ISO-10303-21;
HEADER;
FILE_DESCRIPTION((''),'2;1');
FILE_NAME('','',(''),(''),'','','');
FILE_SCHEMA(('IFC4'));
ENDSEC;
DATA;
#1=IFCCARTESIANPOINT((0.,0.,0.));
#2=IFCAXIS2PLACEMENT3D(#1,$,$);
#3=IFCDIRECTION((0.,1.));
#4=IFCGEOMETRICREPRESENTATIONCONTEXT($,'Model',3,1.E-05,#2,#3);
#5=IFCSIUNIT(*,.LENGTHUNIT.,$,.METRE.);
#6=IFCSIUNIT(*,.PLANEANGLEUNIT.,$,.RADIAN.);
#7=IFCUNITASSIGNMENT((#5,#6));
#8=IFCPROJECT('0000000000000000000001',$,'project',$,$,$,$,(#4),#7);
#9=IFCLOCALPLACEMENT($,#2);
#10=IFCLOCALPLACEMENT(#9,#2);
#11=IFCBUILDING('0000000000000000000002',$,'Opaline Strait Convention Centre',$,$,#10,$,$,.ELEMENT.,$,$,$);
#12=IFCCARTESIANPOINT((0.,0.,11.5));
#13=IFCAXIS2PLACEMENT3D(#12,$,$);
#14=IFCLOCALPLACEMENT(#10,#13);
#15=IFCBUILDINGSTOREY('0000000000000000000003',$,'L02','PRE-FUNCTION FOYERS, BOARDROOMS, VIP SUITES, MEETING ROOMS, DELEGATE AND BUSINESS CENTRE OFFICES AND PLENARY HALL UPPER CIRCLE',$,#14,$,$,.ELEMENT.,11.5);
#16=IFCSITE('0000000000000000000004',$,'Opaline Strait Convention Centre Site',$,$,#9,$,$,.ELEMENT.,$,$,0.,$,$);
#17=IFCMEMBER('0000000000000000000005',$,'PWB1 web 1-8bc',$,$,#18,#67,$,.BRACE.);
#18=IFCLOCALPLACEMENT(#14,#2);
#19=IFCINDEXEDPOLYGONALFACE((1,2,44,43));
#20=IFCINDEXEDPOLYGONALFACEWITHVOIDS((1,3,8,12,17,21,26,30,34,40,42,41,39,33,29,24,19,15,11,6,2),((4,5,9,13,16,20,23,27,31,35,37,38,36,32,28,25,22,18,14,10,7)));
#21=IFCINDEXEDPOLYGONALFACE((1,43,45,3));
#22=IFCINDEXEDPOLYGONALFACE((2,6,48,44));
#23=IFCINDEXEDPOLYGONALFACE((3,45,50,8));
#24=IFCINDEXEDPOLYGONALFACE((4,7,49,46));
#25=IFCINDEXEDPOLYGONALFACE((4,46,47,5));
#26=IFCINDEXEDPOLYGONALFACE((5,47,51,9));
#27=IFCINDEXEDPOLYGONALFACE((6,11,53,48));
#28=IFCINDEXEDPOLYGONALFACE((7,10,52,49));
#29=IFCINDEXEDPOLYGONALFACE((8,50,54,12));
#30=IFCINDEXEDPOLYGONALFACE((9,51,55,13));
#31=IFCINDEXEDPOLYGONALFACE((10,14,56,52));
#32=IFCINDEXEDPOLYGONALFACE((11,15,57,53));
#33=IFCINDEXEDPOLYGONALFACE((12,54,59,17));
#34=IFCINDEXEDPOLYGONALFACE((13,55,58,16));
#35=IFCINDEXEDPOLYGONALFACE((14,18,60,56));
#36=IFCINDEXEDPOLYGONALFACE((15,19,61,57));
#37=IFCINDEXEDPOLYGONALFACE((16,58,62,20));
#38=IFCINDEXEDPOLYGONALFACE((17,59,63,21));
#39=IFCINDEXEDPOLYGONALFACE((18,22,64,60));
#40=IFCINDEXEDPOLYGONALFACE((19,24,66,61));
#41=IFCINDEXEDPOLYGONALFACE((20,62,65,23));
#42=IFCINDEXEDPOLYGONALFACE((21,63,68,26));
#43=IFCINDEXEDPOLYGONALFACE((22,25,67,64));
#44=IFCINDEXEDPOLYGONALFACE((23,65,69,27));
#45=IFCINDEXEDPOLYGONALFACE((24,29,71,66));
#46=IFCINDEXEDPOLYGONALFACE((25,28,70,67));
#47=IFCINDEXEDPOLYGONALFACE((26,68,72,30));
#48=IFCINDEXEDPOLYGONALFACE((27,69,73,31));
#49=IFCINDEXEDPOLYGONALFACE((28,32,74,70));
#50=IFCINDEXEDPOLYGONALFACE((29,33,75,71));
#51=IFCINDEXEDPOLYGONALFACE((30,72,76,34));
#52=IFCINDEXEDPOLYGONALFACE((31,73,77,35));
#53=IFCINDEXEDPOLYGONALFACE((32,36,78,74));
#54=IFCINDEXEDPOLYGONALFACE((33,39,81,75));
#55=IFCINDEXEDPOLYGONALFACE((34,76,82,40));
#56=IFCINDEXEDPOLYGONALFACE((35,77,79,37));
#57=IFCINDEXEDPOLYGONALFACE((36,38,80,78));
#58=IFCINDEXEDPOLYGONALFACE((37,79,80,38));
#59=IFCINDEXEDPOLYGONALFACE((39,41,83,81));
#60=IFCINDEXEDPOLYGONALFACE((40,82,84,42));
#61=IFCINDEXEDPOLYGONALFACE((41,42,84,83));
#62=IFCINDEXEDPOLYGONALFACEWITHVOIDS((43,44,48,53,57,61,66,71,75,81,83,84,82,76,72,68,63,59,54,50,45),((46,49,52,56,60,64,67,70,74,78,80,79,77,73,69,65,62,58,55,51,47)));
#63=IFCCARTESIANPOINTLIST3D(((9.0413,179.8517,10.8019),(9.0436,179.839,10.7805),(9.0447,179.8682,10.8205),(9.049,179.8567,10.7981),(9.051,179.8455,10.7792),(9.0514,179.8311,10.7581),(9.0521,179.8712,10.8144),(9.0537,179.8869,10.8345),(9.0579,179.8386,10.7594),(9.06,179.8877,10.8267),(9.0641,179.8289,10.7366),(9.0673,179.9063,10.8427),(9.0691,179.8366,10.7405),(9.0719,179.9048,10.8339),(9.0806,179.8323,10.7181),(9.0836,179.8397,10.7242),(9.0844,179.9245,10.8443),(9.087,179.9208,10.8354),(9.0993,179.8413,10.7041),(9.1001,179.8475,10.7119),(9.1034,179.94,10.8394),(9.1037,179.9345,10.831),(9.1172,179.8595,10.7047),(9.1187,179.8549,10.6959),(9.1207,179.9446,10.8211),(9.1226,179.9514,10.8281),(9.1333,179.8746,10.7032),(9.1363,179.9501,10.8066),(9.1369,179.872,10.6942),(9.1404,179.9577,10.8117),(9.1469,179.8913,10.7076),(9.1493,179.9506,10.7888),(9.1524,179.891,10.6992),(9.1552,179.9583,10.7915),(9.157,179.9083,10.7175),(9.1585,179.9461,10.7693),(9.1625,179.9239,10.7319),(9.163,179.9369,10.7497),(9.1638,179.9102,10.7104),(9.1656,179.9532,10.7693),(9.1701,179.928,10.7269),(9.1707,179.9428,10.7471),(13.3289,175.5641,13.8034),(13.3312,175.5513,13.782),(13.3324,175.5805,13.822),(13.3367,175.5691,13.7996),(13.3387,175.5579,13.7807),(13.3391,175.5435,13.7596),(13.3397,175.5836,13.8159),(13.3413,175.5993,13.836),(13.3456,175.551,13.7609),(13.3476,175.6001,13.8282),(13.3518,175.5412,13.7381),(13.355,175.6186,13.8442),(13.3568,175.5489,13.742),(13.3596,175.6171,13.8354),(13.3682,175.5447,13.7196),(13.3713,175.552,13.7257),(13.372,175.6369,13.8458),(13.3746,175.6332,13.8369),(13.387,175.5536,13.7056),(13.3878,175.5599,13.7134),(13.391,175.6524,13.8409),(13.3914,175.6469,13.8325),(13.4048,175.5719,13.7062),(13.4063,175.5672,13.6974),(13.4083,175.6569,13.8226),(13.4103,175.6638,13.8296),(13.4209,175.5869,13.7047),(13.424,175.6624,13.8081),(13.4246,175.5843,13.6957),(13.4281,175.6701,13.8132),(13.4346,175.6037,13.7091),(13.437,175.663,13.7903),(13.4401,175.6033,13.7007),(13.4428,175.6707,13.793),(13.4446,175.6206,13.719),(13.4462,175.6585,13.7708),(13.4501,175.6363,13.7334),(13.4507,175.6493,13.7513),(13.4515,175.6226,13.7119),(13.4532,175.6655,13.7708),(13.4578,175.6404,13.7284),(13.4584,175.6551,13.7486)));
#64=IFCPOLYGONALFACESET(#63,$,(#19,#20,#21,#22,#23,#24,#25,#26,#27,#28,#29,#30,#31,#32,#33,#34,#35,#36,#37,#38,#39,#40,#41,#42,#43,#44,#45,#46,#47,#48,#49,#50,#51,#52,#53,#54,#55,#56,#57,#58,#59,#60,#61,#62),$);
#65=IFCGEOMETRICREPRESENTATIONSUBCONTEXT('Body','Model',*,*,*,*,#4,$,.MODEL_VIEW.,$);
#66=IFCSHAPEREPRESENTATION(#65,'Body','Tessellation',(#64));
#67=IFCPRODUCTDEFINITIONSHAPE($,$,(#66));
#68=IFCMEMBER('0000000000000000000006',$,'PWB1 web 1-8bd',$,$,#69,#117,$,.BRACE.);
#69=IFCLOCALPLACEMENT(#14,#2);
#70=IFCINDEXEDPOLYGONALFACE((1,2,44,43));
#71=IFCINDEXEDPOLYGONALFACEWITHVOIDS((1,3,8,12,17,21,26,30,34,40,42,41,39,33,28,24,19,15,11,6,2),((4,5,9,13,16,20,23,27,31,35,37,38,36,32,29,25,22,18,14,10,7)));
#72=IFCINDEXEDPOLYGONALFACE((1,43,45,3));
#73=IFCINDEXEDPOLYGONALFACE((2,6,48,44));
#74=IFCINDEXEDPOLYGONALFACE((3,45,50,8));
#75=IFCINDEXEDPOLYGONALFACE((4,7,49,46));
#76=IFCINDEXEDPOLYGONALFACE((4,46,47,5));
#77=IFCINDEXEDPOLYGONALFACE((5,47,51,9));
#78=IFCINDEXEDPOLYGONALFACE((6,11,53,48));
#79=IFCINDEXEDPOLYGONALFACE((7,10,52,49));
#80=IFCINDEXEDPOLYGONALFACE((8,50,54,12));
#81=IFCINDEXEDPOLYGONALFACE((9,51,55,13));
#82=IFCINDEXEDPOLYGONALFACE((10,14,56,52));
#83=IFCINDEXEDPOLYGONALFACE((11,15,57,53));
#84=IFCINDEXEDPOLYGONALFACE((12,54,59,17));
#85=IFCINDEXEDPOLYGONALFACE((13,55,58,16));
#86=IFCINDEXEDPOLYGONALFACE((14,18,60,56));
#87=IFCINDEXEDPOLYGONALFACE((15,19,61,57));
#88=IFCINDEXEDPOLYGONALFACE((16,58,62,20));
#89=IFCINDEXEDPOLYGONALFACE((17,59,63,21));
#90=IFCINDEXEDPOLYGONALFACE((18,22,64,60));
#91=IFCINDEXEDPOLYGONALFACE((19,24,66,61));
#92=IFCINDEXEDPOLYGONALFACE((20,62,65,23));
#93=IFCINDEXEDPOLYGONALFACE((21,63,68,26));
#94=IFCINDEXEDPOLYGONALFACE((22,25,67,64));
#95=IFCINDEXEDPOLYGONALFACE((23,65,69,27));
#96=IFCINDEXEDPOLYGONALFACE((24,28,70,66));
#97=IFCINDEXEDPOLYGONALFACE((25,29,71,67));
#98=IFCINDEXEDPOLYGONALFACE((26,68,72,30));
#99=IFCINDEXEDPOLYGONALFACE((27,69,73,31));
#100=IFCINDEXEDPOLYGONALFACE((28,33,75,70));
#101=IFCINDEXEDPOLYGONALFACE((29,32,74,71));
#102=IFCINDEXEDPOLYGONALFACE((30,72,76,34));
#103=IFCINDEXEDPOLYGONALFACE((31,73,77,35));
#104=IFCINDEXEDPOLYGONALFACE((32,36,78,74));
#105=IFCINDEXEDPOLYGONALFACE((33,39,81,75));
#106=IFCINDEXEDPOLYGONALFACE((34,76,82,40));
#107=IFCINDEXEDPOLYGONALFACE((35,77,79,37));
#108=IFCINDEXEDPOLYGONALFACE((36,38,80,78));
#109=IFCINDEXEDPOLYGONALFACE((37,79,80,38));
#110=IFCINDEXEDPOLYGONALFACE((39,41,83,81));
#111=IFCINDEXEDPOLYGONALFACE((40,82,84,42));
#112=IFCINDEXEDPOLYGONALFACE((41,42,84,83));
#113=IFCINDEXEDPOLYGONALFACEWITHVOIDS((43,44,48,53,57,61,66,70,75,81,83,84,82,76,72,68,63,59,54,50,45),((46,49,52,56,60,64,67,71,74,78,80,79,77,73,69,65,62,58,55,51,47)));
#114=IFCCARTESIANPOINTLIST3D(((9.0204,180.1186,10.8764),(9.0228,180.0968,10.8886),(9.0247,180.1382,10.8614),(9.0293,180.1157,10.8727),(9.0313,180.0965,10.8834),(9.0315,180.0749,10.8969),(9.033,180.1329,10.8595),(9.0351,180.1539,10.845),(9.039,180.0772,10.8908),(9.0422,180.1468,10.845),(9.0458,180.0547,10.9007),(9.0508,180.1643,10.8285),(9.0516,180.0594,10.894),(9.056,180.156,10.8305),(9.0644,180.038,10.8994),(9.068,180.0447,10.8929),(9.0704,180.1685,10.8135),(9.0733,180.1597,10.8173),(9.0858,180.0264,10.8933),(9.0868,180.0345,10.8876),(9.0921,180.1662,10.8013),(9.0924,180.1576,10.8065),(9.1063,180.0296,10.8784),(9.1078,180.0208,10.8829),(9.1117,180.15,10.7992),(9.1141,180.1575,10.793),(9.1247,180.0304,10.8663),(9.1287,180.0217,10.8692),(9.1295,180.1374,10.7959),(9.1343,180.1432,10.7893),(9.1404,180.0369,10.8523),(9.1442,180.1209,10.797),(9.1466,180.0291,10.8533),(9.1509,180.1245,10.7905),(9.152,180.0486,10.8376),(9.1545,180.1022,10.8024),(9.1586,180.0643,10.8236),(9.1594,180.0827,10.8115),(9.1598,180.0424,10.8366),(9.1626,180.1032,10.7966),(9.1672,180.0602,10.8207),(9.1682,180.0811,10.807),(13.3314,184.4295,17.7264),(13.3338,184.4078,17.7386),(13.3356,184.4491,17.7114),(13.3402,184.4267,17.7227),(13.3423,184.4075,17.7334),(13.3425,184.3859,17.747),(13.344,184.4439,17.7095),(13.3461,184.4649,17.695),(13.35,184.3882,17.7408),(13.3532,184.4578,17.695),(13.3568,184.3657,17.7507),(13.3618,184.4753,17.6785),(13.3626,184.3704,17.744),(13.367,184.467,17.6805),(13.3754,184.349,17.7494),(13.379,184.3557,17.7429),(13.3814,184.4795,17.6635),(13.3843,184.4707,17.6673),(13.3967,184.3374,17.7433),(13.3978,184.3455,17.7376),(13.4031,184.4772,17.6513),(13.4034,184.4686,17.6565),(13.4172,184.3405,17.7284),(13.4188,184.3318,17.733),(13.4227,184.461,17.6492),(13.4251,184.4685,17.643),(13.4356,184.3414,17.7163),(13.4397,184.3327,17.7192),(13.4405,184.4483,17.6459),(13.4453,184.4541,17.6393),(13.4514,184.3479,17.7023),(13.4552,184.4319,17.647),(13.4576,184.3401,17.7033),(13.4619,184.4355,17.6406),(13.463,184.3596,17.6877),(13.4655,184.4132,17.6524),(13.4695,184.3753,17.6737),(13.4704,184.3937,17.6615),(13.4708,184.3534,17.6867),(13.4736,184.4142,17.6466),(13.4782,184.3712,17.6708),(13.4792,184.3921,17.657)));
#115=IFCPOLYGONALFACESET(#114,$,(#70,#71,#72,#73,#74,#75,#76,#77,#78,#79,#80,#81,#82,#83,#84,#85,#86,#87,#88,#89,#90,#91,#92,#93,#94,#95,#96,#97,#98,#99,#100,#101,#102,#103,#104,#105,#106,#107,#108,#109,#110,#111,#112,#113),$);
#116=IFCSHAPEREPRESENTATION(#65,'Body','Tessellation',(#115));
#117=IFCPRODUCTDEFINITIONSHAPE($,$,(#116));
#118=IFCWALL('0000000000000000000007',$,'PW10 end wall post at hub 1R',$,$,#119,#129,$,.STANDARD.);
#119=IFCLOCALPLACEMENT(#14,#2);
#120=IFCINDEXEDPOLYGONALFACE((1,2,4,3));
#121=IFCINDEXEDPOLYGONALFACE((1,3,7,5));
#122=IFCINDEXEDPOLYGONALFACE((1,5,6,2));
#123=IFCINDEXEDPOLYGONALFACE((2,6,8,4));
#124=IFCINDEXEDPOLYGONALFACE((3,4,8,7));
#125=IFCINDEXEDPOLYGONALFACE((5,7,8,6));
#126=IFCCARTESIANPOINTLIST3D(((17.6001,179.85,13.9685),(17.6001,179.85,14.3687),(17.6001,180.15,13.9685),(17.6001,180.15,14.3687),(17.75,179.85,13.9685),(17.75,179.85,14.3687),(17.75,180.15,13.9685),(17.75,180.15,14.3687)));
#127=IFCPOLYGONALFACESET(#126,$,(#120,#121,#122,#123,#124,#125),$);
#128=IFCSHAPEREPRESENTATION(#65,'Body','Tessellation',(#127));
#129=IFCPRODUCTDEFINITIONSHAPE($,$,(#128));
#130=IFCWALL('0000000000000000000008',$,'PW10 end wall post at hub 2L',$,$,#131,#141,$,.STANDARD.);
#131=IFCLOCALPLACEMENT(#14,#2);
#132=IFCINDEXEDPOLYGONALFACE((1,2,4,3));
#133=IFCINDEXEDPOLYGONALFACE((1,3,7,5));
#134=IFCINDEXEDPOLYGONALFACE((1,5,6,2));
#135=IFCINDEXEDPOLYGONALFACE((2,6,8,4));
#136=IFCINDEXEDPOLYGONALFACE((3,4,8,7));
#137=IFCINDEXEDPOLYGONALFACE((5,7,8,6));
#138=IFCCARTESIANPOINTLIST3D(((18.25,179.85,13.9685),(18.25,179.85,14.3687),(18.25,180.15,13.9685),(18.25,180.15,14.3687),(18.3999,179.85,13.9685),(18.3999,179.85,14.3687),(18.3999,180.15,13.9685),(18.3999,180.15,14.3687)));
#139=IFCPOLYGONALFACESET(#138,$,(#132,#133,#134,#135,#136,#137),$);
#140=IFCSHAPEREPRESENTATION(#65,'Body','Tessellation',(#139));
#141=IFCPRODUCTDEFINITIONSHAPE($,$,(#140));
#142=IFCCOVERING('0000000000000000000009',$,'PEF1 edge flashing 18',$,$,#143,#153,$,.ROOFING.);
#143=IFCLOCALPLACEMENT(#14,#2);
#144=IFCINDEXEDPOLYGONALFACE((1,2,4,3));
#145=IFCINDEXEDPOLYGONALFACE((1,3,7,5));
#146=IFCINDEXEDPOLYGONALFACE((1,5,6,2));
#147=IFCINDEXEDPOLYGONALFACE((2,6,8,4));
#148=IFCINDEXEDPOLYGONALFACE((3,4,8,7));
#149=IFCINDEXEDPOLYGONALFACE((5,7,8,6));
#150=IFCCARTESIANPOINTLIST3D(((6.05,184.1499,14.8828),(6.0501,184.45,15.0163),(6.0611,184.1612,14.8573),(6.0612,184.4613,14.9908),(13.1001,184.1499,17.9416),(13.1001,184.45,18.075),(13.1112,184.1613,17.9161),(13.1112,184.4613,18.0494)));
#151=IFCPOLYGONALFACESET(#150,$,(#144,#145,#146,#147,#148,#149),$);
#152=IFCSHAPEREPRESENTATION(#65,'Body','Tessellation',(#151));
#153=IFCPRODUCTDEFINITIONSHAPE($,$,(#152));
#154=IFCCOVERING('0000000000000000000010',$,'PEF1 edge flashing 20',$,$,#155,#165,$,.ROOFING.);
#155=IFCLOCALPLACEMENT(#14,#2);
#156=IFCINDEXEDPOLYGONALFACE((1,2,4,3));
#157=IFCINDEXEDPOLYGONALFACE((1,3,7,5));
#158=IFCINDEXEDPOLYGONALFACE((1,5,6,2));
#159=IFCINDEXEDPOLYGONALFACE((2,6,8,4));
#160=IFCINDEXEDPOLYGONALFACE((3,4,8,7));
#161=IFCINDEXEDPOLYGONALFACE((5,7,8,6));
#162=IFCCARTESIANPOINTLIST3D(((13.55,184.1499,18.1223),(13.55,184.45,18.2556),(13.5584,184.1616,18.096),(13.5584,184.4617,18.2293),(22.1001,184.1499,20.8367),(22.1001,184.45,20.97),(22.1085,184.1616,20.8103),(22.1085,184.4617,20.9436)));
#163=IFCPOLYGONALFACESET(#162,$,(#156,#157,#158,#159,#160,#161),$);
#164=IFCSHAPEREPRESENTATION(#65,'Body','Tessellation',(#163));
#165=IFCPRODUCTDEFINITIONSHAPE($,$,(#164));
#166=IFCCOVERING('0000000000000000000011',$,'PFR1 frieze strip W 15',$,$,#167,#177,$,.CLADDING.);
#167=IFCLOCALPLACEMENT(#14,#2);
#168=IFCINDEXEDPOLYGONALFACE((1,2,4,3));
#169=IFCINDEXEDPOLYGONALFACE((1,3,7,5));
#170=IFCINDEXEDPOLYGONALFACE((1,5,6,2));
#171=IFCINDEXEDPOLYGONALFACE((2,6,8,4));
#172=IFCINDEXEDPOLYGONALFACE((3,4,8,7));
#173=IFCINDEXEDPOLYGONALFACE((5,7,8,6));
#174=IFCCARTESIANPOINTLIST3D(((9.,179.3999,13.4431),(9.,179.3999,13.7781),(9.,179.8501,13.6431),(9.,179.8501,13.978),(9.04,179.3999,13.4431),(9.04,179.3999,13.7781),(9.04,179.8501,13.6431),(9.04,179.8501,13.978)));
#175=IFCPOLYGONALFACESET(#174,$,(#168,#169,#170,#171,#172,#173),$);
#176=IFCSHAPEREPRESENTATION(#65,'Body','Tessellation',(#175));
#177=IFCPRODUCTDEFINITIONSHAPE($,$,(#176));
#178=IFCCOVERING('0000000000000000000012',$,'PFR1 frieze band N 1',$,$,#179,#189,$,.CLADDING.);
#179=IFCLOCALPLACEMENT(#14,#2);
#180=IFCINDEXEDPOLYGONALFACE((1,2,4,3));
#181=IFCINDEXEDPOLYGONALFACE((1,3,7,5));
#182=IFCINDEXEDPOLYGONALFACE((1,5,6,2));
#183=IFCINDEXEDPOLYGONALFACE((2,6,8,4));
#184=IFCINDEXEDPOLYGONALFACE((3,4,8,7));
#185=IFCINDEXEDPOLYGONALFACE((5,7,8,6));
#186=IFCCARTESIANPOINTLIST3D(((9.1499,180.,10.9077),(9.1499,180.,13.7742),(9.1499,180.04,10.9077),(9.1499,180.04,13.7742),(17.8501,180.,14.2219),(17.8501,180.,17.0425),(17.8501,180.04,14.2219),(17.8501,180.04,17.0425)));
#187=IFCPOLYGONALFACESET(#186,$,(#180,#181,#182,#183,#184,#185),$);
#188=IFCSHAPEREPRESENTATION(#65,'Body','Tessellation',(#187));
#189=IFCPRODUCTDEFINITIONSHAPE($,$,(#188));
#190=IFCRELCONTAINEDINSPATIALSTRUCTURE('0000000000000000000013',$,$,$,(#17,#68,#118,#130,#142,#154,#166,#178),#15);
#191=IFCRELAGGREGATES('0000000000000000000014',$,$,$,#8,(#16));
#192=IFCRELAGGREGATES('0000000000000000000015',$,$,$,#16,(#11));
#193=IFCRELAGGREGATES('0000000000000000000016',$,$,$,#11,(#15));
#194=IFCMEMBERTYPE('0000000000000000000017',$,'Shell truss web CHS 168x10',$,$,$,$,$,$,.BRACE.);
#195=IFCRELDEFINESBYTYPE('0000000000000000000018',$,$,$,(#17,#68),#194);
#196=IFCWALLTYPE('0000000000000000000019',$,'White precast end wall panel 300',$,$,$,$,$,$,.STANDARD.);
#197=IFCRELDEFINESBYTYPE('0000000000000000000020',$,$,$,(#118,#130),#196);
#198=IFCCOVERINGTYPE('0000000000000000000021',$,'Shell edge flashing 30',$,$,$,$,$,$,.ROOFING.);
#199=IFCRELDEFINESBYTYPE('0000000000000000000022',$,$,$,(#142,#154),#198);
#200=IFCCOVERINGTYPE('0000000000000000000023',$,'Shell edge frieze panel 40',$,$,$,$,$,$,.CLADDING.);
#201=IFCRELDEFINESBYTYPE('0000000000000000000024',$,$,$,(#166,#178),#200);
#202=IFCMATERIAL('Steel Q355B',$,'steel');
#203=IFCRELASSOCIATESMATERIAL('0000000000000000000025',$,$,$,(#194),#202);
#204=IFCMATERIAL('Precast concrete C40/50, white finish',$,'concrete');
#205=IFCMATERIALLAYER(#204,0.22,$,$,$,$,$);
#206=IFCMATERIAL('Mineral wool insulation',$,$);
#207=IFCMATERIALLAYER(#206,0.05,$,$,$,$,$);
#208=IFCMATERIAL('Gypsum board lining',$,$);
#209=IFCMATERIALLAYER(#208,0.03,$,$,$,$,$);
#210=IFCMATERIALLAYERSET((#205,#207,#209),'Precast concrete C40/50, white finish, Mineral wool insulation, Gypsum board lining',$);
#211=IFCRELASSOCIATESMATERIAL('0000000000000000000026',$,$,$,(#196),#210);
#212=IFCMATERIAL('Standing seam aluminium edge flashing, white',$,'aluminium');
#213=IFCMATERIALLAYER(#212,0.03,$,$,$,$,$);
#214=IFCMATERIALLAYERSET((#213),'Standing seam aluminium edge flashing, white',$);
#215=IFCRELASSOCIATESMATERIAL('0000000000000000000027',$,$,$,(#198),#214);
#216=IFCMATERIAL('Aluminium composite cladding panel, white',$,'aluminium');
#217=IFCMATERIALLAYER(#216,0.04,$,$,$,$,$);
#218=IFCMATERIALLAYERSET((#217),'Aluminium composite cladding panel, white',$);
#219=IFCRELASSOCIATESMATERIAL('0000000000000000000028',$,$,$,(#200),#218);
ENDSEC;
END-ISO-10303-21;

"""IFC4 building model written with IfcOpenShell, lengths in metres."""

from ifc_helpers import new_model, si_unit, direction, frame, frame_2d, origin, origin_2d, place, context, subcontext, project, spatial, polyline, rectangle, hollow_circle, outline, extrude, material, layer, layer_set, material_profile, profile_set, type_object, element, save


model = new_model("IFC4")

# Units and contexts
model_context = context("Model", 3, precision=1e-05, world=origin(), true_north=direction((0.0, 1.0)))
body_context = subcontext(model_context, "Body", "Model", "MODEL_VIEW")
ifc_project = project(units=[si_unit("LENGTHUNIT", "METRE"), si_unit("PLANEANGLEUNIT", "RADIAN")], contexts=[model_context])

# Site, building, storey
site_placement = place(None, origin())
site = spatial("IfcSite", under=ifc_project, at=site_placement, Name="Opaline Strait Convention Centre Site", CompositionType="ELEMENT", RefElevation=0.0)
building_placement = place(site_placement, origin())
building = spatial("IfcBuilding", under=site, at=building_placement, Name="Opaline Strait Convention Centre", CompositionType="ELEMENT")
storey_placement = place(building_placement, frame((0.0, 0.0, 11.5)))
storey = spatial("IfcBuildingStorey", under=building, at=storey_placement, Name="L02", Description="PRE-FUNCTION FOYERS, BOARDROOMS, VIP SUITES, MEETING ROOMS, DELEGATE AND BUSINESS CENTRE OFFICES AND PLENARY HALL UPPER CIRCLE", CompositionType="ELEMENT", Elevation=11.5)

# Members
ifc_material_1 = material(Name="Steel Q355B", Category="steel")
ifc_material_profile_1 = material_profile(ifc_material_1, hollow_circle(Radius=0.084, WallThickness=0.01, at=origin_2d()), Name="CHS 168x10")
ifc_profile_set_1 = profile_set([ifc_material_profile_1], Name="Steel Q355B")
member_type_1 = type_object("IfcMemberType", Name="Shell truss web CHS 168x10", PredefinedType="BRACE", material=ifc_profile_set_1)
member_1_placement = place(storey_placement, frame((9.1062, 179.8938, 10.7693), z_axis=(0.633718, -0.633718, 0.443624), x_axis=(0.707107, 0.707107, 0.0)))
element("IfcMember", 1, at=member_1_placement, inside=storey, type_object=member_type_1, Name="PWB1 web 1-8bc", PredefinedType="BRACE", context=body_context, shape_type="SweptSolid", body=[
    extrude(hollow_circle(Radius=0.084, WallThickness=0.01, at=origin_2d()), origin(), (0.0, 0.0, 1.0), 6.7659),
])
member_2_placement = place(storey_placement, frame((9.0945, 180.0945, 10.845), z_axis=(0.47011, 0.47011, 0.74699), x_axis=(-0.707107, 0.707107, 0.0)))
element("IfcMember", 2, at=member_2_placement, inside=storey, type_object=member_type_1, Name="PWB1 web 1-8bd", PredefinedType="BRACE", context=body_context, shape_type="SweptSolid", body=[
    extrude(hollow_circle(Radius=0.084, WallThickness=0.01, at=origin_2d()), origin(), (0.0, 0.0, 1.0), 9.1702),
])

# Walls
ifc_material_2 = material(Name="Precast concrete C40/50, white finish", Category="concrete")
ifc_layer_1 = layer(ifc_material_2, 0.22)
ifc_material_3 = material(Name="Mineral wool insulation")
ifc_layer_2 = layer(ifc_material_3, 0.05)
ifc_material_4 = material(Name="Gypsum board lining")
ifc_layer_3 = layer(ifc_material_4, 0.03)
ifc_layer_set_1 = layer_set([ifc_layer_1, ifc_layer_2, ifc_layer_3], Name="Precast concrete C40/50, white finish, Mineral wool insulation, Gypsum board lining")
wall_type = type_object("IfcWallType", Name="White precast end wall panel 300", PredefinedType="STANDARD", material=ifc_layer_set_1)
for number, where, z_axis, x_axis, name in (
    (3, (17.6001, 180.0, 13.9685), (0.0, 0.0, 1.0), (1.0, 0.0, 0.0), "PW10 end wall post at hub 1R"),
    (4, (18.25, 180.0, 13.9685), (0.0, 0.0, 1.0), (1.0, 0.0, 0.0), "PW10 end wall post at hub 2L"),
):
    element("IfcWall", number, at=place(storey_placement, frame(where, z_axis=z_axis, x_axis=x_axis)), inside=storey, type_object=wall_type, Name=name, PredefinedType="STANDARD", context=body_context, shape_type="SweptSolid", body=[
        extrude(rectangle(XDim=0.1499, YDim=0.3, at=frame_2d((0.075, 0.0))), origin(), (0.0, 0.0, 1.0), 0.4001),
    ])

# Coverings
ifc_material_5 = material(Name="Standing seam aluminium edge flashing, white", Category="aluminium")
ifc_layer_4 = layer(ifc_material_5, 0.03)
ifc_layer_set_2 = layer_set([ifc_layer_4], Name="Standing seam aluminium edge flashing, white")
covering_type_1 = type_object("IfcCoveringType", Name="Shell edge flashing 30", PredefinedType="ROOFING", material=ifc_layer_set_2)
covering_1_placement = place(storey_placement, frame((6.05, 184.1499, 14.8828), z_axis=(-0.368528, -0.377713, 0.849423), x_axis=(0.917379, 0.000005, 0.398014)))
element("IfcCovering", 5, at=covering_1_placement, inside=storey, type_object=covering_type_1, Name="PEF1 edge flashing 18", PredefinedType="ROOFING", context=body_context, shape_type="SweptSolid", body=[
    extrude(outline(polyline([(0.0, 0.0), (7.685, 0.0), (7.7381, 0.324), (0.0532, 0.3241), (0.0, 0.0)])), origin(), (0.0, 0.0, -1.0), 0.03),
])
covering_2_placement = place(storey_placement, frame((13.55, 184.1499, 18.1223), z_axis=(-0.278634, -0.389922, 0.877681), x_axis=(0.953123, 0.0, 0.302585)))
element("IfcCovering", 6, at=covering_2_placement, inside=storey, type_object=covering_type_1, Name="PEF1 edge flashing 20", PredefinedType="ROOFING", context=body_context, shape_type="SweptSolid", body=[
    extrude(outline(polyline([(0.0, 0.0), (8.9706, 0.0), (9.0109, 0.3258), (0.0403, 0.3258), (0.0, 0.0)])), origin(), (0.0, 0.0, -1.0), 0.03),
])
ifc_material_6 = material(Name="Aluminium composite cladding panel, white", Category="aluminium")
ifc_layer_5 = layer(ifc_material_6, 0.04)
ifc_layer_set_3 = layer_set([ifc_layer_5], Name="Aluminium composite cladding panel, white")
covering_type_2 = type_object("IfcCoveringType", Name="Shell edge frieze panel 40", PredefinedType="CLADDING", material=ifc_layer_set_3)
covering_3_placement = place(storey_placement, frame((9.0, 179.3999, 13.7781), z_axis=(-1.0, 0.0, 0.0), x_axis=(0.0, 0.913914, 0.405909)))
element("IfcCovering", 7, at=covering_3_placement, inside=storey, type_object=covering_type_2, Name="PFR1 frieze strip W 15", PredefinedType="CLADDING", context=body_context, shape_type="SweptSolid", body=[
    extrude(outline(polyline([(0.0, 0.0), (0.4926, 0.0), (0.3566, 0.3061), (-0.136, 0.3061), (0.0, 0.0)])), origin(), (0.0, 0.0, -1.0), 0.04),
])
covering_4_placement = place(storey_placement, frame((9.1499, 180.0, 10.9077), z_axis=(0.0, -1.0, 0.0), x_axis=(0.934493, 0.0, 0.355981)))
element("IfcCovering", 8, at=covering_4_placement, inside=storey, type_object=covering_type_2, Name="PFR1 frieze band N 1", PredefinedType="CLADDING", context=body_context, shape_type="SweptSolid", body=[
    extrude(outline(polyline([(0.0, 0.0), (9.3101, 0.0), (10.3141, 2.6358), (1.0204, 2.6787), (0.0, 0.0)])), origin(), (0.0, 0.0, -1.0), 0.04),
])

save(model, "model.ifc")
